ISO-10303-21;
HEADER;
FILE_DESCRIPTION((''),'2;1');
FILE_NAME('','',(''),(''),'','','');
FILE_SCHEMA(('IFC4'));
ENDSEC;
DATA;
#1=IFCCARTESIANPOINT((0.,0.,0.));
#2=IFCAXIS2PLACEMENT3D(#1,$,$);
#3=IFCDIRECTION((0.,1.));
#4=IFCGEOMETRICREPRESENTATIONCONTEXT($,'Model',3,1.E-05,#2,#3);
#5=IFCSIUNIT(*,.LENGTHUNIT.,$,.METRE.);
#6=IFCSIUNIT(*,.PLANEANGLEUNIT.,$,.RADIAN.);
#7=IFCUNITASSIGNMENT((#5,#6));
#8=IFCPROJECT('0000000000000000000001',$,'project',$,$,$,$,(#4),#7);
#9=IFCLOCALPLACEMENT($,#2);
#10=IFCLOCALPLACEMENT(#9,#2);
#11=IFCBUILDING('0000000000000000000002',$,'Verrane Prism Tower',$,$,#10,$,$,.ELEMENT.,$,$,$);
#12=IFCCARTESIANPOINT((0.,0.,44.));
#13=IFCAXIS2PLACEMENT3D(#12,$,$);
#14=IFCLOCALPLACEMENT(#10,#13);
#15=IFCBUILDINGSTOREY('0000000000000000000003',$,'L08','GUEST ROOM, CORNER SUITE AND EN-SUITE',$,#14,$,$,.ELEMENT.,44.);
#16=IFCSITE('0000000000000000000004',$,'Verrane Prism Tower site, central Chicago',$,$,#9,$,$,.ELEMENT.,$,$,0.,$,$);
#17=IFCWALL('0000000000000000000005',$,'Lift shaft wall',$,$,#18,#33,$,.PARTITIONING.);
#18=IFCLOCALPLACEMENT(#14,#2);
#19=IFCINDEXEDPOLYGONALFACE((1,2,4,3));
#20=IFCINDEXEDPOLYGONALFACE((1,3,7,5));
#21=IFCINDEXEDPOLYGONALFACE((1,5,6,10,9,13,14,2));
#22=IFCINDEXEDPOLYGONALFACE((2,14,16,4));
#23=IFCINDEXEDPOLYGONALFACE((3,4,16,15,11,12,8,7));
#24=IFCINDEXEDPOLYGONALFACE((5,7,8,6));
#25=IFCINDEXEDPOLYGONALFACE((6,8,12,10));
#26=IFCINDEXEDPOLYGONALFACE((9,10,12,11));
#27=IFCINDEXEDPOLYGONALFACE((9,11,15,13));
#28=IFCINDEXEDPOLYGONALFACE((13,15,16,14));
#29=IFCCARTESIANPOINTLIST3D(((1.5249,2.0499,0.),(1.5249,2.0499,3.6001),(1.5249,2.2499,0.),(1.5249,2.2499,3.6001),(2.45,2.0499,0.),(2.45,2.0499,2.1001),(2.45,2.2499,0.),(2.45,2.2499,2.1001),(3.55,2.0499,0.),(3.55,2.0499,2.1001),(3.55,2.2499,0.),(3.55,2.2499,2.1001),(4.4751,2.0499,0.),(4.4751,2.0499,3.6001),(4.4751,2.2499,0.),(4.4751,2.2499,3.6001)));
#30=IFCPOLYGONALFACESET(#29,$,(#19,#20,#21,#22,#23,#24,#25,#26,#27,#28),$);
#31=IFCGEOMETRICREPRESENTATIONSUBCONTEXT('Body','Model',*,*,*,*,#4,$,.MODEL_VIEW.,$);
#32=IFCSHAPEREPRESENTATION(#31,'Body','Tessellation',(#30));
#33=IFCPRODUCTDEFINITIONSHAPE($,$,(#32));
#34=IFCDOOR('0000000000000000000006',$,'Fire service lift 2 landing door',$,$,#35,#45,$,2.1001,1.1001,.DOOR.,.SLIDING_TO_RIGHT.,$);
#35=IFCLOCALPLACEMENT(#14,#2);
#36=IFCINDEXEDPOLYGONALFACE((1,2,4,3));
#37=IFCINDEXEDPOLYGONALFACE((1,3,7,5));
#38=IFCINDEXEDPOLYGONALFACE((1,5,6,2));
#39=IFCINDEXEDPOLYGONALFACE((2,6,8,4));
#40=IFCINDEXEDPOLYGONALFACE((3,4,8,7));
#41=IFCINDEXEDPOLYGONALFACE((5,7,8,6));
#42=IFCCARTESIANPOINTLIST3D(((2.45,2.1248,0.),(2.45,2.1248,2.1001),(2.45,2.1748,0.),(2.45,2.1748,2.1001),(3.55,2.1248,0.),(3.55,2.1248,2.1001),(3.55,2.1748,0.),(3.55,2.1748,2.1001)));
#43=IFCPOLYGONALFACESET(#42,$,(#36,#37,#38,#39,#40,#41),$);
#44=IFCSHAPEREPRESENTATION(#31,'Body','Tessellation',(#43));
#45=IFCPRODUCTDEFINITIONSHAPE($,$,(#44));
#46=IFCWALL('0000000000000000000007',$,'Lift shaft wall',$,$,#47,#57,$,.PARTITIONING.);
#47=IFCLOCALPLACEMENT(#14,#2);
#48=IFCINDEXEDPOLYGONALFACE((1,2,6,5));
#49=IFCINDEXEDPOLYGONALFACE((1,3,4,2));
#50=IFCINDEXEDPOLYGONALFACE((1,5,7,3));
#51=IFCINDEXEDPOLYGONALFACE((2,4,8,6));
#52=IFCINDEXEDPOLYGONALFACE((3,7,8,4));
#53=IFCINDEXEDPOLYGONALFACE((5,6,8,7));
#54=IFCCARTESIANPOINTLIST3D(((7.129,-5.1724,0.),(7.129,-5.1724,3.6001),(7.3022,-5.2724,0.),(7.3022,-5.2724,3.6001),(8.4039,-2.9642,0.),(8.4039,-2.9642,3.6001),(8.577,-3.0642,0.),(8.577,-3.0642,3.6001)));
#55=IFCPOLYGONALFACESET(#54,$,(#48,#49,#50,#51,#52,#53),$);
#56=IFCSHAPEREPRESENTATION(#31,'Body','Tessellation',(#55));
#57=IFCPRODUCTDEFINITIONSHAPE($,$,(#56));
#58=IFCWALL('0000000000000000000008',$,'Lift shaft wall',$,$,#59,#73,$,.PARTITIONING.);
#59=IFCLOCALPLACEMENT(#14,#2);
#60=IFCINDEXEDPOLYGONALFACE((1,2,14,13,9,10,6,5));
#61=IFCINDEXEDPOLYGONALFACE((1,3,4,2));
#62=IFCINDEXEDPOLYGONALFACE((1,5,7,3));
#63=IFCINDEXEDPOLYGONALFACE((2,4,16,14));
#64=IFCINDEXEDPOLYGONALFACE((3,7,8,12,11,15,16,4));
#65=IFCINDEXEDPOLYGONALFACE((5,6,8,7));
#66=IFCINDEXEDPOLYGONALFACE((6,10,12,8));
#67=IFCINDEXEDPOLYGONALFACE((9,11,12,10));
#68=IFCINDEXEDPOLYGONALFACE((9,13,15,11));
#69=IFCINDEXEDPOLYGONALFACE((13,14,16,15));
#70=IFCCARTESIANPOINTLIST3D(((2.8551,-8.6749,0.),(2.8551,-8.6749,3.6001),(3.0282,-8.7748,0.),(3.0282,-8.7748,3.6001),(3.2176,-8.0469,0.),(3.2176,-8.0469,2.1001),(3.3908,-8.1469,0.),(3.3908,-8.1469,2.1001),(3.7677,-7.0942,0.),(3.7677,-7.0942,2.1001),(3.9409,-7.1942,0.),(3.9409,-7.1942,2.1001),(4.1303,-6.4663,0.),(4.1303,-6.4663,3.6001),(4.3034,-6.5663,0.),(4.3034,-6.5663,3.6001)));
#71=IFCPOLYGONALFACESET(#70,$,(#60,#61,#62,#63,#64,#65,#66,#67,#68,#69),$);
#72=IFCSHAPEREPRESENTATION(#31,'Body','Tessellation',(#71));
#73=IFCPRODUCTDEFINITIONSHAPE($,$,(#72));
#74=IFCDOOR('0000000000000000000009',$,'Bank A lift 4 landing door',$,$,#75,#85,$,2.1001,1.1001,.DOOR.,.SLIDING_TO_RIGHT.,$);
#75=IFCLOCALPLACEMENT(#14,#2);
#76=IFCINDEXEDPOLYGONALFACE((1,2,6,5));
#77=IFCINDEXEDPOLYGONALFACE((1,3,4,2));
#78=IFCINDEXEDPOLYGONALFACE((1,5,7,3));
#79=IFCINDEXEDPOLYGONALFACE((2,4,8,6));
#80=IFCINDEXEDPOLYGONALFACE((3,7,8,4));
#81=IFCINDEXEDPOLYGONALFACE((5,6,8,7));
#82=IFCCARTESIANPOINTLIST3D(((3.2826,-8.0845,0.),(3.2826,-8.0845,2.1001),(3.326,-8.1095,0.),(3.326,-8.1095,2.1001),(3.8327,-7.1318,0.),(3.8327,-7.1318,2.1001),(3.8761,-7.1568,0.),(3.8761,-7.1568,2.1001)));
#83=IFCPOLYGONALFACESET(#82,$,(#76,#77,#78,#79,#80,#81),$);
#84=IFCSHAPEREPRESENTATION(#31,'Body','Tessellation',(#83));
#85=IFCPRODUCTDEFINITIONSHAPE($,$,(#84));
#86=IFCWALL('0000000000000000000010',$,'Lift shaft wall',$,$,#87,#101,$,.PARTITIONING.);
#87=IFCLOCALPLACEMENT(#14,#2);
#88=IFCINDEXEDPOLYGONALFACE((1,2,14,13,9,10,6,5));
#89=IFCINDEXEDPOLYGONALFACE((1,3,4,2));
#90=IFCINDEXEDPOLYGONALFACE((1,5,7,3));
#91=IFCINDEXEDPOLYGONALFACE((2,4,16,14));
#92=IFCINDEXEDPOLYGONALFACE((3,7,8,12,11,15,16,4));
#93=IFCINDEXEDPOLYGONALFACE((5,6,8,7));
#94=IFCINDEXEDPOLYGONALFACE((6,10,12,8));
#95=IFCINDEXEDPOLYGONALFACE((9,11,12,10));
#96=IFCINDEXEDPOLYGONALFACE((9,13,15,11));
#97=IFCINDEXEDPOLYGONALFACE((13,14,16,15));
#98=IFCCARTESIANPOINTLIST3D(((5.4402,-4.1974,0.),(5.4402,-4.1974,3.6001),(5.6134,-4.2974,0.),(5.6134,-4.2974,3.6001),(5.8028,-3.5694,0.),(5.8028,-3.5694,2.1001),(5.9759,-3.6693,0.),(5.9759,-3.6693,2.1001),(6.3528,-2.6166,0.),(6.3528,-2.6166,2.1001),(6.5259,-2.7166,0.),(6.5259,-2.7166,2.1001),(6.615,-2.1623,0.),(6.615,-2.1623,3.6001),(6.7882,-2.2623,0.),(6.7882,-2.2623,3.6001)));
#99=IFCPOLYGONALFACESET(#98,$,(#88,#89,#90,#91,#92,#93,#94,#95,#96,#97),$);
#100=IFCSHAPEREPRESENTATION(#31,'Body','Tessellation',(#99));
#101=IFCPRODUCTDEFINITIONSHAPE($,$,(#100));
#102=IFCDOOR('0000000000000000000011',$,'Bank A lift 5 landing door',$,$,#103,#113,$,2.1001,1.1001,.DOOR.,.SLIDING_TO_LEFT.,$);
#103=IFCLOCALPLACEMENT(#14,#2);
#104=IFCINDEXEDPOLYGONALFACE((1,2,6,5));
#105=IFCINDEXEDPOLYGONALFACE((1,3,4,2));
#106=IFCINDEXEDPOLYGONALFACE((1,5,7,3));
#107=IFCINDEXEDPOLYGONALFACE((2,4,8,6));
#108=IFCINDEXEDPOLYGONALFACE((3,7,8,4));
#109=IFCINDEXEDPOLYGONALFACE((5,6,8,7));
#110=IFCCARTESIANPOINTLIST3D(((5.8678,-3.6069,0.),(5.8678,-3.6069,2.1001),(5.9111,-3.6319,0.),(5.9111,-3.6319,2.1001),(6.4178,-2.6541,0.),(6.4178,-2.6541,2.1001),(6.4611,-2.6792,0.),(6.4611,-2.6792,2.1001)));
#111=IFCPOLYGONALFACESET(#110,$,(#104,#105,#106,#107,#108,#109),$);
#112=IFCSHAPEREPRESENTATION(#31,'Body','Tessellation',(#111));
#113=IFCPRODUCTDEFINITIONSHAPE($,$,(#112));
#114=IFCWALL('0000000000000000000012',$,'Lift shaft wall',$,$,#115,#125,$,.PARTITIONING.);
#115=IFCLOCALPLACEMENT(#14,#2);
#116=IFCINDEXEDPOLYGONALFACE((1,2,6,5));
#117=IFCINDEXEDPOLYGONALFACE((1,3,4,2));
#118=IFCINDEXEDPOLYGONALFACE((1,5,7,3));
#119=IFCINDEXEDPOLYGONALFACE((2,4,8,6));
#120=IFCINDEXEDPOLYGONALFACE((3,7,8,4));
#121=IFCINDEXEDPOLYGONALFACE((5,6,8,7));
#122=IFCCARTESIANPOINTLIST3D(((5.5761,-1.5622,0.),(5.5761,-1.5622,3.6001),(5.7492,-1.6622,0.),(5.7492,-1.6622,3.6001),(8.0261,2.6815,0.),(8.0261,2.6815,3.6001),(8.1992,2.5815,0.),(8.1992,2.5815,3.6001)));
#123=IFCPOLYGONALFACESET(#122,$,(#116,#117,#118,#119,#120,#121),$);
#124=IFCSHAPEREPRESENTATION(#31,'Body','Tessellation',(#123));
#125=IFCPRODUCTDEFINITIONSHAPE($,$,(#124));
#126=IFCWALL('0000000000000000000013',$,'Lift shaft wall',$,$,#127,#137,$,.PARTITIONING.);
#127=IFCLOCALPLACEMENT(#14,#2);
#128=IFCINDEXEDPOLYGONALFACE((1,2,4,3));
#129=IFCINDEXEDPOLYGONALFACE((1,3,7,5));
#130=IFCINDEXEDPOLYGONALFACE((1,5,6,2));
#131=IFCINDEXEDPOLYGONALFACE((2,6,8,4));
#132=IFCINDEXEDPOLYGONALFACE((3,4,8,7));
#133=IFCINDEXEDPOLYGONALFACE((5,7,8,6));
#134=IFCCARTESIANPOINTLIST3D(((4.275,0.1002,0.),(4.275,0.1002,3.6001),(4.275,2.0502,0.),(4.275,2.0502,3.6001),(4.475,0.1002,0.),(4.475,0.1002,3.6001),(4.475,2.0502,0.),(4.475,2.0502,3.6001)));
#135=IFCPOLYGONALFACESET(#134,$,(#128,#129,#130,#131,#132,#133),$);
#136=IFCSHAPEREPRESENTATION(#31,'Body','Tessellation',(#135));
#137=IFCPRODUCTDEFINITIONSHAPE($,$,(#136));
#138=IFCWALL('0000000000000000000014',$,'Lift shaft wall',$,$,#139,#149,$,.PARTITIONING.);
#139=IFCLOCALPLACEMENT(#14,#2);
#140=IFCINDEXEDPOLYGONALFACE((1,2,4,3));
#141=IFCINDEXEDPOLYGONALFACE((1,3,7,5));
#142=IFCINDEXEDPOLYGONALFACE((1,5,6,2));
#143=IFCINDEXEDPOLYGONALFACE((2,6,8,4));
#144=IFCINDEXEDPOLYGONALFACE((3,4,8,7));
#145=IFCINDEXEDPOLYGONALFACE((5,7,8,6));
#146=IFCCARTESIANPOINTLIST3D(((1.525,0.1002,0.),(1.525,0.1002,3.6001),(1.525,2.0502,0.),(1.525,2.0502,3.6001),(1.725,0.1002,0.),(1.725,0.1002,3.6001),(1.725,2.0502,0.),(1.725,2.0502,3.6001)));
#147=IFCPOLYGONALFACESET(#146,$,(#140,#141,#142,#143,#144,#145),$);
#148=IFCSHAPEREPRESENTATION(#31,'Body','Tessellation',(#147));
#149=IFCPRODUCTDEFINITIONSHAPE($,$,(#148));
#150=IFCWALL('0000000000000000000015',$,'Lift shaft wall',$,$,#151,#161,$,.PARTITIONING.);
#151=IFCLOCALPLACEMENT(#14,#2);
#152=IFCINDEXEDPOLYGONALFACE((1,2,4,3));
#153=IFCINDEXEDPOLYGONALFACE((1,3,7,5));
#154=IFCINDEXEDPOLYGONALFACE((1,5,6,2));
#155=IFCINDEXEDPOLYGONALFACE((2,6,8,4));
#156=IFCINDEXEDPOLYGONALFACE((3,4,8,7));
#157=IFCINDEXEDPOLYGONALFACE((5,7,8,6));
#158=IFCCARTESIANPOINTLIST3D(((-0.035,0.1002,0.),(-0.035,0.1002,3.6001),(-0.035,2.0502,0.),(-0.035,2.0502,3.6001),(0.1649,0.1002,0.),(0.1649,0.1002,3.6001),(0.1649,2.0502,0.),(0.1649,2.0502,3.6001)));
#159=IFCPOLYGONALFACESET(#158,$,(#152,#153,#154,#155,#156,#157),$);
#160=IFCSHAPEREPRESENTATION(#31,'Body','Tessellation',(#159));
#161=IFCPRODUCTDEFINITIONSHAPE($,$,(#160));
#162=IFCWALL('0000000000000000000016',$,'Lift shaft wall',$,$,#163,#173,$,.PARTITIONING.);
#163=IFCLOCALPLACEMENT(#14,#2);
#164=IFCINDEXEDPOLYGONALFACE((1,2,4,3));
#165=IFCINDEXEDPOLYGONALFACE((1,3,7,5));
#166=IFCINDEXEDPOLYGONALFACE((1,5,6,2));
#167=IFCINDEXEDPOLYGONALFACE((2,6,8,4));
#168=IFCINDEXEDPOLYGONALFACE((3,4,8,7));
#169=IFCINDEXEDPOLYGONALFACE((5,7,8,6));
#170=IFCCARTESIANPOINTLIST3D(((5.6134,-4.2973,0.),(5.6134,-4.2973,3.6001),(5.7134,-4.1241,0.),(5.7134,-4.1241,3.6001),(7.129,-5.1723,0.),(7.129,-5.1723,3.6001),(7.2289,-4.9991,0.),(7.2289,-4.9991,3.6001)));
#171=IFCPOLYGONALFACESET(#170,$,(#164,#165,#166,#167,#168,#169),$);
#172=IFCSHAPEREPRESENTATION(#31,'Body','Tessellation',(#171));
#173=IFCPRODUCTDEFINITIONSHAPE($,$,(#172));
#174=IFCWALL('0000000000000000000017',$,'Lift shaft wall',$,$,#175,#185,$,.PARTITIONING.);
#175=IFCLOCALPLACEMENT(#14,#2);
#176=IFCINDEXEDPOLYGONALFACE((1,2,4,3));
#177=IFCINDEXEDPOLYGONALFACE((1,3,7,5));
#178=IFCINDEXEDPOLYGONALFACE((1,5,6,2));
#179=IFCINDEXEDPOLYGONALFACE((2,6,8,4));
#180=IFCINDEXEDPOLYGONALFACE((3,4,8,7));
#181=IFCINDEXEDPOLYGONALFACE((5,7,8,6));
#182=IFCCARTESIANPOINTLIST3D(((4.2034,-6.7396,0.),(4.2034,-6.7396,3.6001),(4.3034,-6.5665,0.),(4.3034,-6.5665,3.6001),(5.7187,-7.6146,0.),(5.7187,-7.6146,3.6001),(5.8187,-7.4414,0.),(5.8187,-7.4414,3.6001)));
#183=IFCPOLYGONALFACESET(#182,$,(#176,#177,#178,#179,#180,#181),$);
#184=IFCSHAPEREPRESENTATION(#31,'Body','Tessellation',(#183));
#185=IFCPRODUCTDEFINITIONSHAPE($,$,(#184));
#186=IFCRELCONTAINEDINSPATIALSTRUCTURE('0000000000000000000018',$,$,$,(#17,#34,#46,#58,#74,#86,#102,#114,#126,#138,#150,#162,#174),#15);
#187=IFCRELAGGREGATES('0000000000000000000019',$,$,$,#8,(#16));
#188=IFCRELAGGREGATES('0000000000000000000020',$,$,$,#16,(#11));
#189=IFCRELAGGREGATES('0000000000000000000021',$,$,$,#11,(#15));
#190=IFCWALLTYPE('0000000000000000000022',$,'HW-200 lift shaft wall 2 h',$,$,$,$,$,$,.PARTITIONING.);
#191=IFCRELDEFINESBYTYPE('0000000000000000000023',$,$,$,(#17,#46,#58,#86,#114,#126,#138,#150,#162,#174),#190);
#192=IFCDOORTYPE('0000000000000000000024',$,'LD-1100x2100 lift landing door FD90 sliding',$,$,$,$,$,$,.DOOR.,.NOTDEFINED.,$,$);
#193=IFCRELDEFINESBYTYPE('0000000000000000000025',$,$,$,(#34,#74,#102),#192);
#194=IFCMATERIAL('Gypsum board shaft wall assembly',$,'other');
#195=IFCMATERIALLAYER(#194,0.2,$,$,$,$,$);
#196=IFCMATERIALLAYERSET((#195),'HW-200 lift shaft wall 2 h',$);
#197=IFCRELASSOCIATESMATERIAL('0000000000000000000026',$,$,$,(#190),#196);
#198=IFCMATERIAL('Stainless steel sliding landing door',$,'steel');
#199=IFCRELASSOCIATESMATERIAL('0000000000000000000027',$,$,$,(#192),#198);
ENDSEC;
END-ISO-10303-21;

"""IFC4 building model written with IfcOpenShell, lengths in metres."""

from ifc_helpers import new_model, si_unit, direction, frame, frame_2d, origin, place, context, subcontext, project, spatial, rectangle, extrude, material, layer, layer_set, type_object, element, fill, save


model = new_model("IFC4")

# Units and contexts
model_context = context("Model", 3, precision=1e-05, world=origin(), true_north=direction((0.0, 1.0)))
body_context = subcontext(model_context, "Body", "Model", "MODEL_VIEW")
ifc_project = project(units=[si_unit("LENGTHUNIT", "METRE"), si_unit("PLANEANGLEUNIT", "RADIAN")], contexts=[model_context])

# Site, building, storey
site_placement = place(None, origin())
site = spatial("IfcSite", under=ifc_project, at=site_placement, Name="Verrane Prism Tower site, central Chicago", CompositionType="ELEMENT", RefElevation=0.0)
building_placement = place(site_placement, origin())
building = spatial("IfcBuilding", under=site, at=building_placement, Name="Verrane Prism Tower", CompositionType="ELEMENT")
storey_placement = place(building_placement, frame((0.0, 0.0, 44.0)))
storey = spatial("IfcBuildingStorey", under=building, at=storey_placement, Name="L08", Description="GUEST ROOM, CORNER SUITE AND EN-SUITE", CompositionType="ELEMENT", Elevation=44.0)

# Shared definitions
ifc_material_1 = material(Name="Gypsum board shaft wall assembly", Category="other")
ifc_layer_1 = layer(ifc_material_1, 0.2)
ifc_layer_set_1 = layer_set([ifc_layer_1], Name="HW-200 lift shaft wall 2 h")
wall_type_1 = type_object("IfcWallType", Name="HW-200 lift shaft wall 2 h", PredefinedType="PARTITIONING", material=ifc_layer_set_1)

# Wall, opening, door
wall_1_placement = place(storey_placement, frame((1.5249, 2.1499, 0.0), z_axis=(0.0, 0.0, 1.0), x_axis=(1.0, 0.0, 0.0)))
wall_1 = element("IfcWall", 1, at=wall_1_placement, inside=storey, type_object=wall_type_1, Name="Lift shaft wall", PredefinedType="PARTITIONING", context=body_context, shape_type="SweptSolid", body=[
    extrude(rectangle(XDim=2.9502, YDim=0.2, at=frame_2d((1.4751, 0.0))), origin(), (0.0, 0.0, 1.0), 3.6001),
])
opening_1_placement = place(wall_1_placement, frame((0.925, 0.0, 0.0)))
opening_1 = element("IfcOpeningElement", 2, at=opening_1_placement, cuts=wall_1, PredefinedType="OPENING", context=body_context, shape_type="SweptSolid", body=[
    extrude(rectangle(XDim=1.1001, YDim=2.1001, at=frame_2d((0.55, 1.05))), frame((0.0, 0.1099, 0.0), z_axis=(0.0, -1.0, 0.0), x_axis=(1.0, 0.0, 0.0)), (0.0, 0.0, 1.0), 0.22),
])
ifc_material_2 = material(Name="Stainless steel sliding landing door", Category="steel")
door_type_1 = type_object("IfcDoorType", Name="LD-1100x2100 lift landing door FD90 sliding", OperationType="NOTDEFINED", PredefinedType="DOOR", material=ifc_material_2)
door_1_placement = place(opening_1_placement, origin())
door_1 = element("IfcDoor", 3, at=door_1_placement, inside=storey, type_object=door_type_1, Name="Fire service lift 2 landing door", OperationType="SLIDING_TO_RIGHT", OverallHeight=2.1001, OverallWidth=1.1001, PredefinedType="DOOR", context=body_context, shape_type="SweptSolid", body=[
    extrude(rectangle(XDim=1.1001, YDim=2.1001, at=frame_2d((0.55, 1.05))), frame((0.0, 0.0249, 0.0), z_axis=(0.0, -1.0, 0.0), x_axis=(1.0, 0.0, 0.0)), (0.0, 0.0, 1.0), 0.05),
])
fill(opening_1, door_1)

# Wall
wall_2_placement = place(storey_placement, frame((7.2156, -5.2224, 0.0), z_axis=(0.0, 0.0, 1.0), x_axis=(0.49999, 0.866031, 0.0)))
element("IfcWall", 4, at=wall_2_placement, inside=storey, type_object=wall_type_1, Name="Lift shaft wall", PredefinedType="PARTITIONING", context=body_context, shape_type="SweptSolid", body=[
    extrude(rectangle(XDim=2.5498, YDim=0.2, at=frame_2d((1.2749, 0.0))), origin(), (0.0, 0.0, 1.0), 3.6001),
])

# Walls, openings, doors
wall_3_placement = place(storey_placement, frame((2.9417, -8.7249, 0.0), z_axis=(0.0, 0.0, 1.0), x_axis=(0.500021, 0.866013, 0.0)))
wall_3 = element("IfcWall", 5, at=wall_3_placement, inside=storey, type_object=wall_type_1, Name="Lift shaft wall", PredefinedType="PARTITIONING", context=body_context, shape_type="SweptSolid", body=[
    extrude(rectangle(XDim=2.5503, YDim=0.2, at=frame_2d((1.2751, 0.0))), origin(), (0.0, 0.0, 1.0), 3.6001),
])
opening_2_placement = place(wall_3_placement, frame((0.7251, 0.0, 0.0)))
opening_2 = element("IfcOpeningElement", 6, at=opening_2_placement, cuts=wall_3, PredefinedType="OPENING", context=body_context, shape_type="SweptSolid", body=[
    extrude(rectangle(XDim=1.1001, YDim=2.1001, at=frame_2d((0.55, 1.05))), frame((0.0, 0.1099, 0.0), z_axis=(0.0, -1.0, 0.0), x_axis=(1.0, 0.0, 0.0)), (0.0, 0.0, 1.0), 0.22),
])
door_2_placement = place(opening_2_placement, origin())
door_2 = element("IfcDoor", 7, at=door_2_placement, inside=storey, type_object=door_type_1, Name="Bank A lift 4 landing door", OperationType="SLIDING_TO_RIGHT", OverallHeight=2.1001, OverallWidth=1.1001, PredefinedType="DOOR", context=body_context, shape_type="SweptSolid", body=[
    extrude(rectangle(XDim=1.1001, YDim=2.1001, at=frame_2d((0.55, 1.05))), frame((0.0, 0.0249, 0.0), z_axis=(0.0, -1.0, 0.0), x_axis=(1.0, 0.0, 0.0)), (0.0, 0.0, 1.0), 0.05),
])
fill(opening_2, door_2)
wall_4_placement = place(storey_placement, frame((5.5269, -4.2473, 0.0), z_axis=(0.0, 0.0, 1.0), x_axis=(0.499938, 0.866061, 0.0)))
wall_4 = element("IfcWall", 8, at=wall_4_placement, inside=storey, type_object=wall_type_1, Name="Lift shaft wall", PredefinedType="PARTITIONING", context=body_context, shape_type="SweptSolid", body=[
    extrude(rectangle(XDim=2.3499, YDim=0.2, at=frame_2d((1.1748, 0.0))), origin(), (0.0, 0.0, 1.0), 3.6001),
])
opening_3_placement = place(wall_4_placement, frame((0.7251, 0.0, 0.0)))
opening_3 = element("IfcOpeningElement", 9, at=opening_3_placement, cuts=wall_4, PredefinedType="OPENING", context=body_context, shape_type="SweptSolid", body=[
    extrude(rectangle(XDim=1.1001, YDim=2.1001, at=frame_2d((0.55, 1.05))), frame((0.0, 0.1099, 0.0), z_axis=(0.0, -1.0, 0.0), x_axis=(1.0, 0.0, 0.0)), (0.0, 0.0, 1.0), 0.22),
])
door_3_placement = place(opening_3_placement, origin())
door_3 = element("IfcDoor", 10, at=door_3_placement, inside=storey, type_object=door_type_1, Name="Bank A lift 5 landing door", OperationType="SLIDING_TO_LEFT", OverallHeight=2.1001, OverallWidth=1.1001, PredefinedType="DOOR", context=body_context, shape_type="SweptSolid", body=[
    extrude(rectangle(XDim=1.1001, YDim=2.1001, at=frame_2d((0.55, 1.05))), frame((0.0, 0.0249, 0.0), z_axis=(0.0, -1.0, 0.0), x_axis=(1.0, 0.0, 0.0)), (0.0, 0.0, 1.0), 0.05),
])
fill(opening_3, door_3)

# Walls
wall_5_placement = place(storey_placement, frame((5.6626, -1.6123, 0.0), z_axis=(0.0, 0.0, 1.0), x_axis=(0.499981, 0.866036, 0.0)))
element("IfcWall", 11, at=wall_5_placement, inside=storey, type_object=wall_type_1, Name="Lift shaft wall", PredefinedType="PARTITIONING", context=body_context, shape_type="SweptSolid", body=[
    extrude(rectangle(XDim=4.9001, YDim=0.2, at=frame_2d((2.4502, 0.0))), origin(), (0.0, 0.0, 1.0), 3.6001),
])
for number, where, z_axis, x_axis, name in (
    (12, (4.375, 0.1001, 0.0), (0.0, 0.0, 1.0), (0.0, 1.0, 0.0), "Lift shaft wall"),
    (13, (1.625, 0.1001, 0.0), (0.0, 0.0, 1.0), (0.0, 1.0, 0.0), "Lift shaft wall"),
    (14, (0.0649, 0.1001, 0.0), (0.0, 0.0, 1.0), (0.0, 1.0, 0.0), "Lift shaft wall"),
):
    element("IfcWall", number, at=place(storey_placement, frame(where, z_axis=z_axis, x_axis=x_axis)), inside=storey, type_object=wall_type_1, Name=name, PredefinedType="PARTITIONING", context=body_context, shape_type="SweptSolid", body=[
        extrude(rectangle(XDim=1.95, YDim=0.2, at=frame_2d((0.9751, 0.0))), origin(), (0.0, 0.0, 1.0), 3.6001),
    ])
wall_6_placement = place(storey_placement, frame((7.179, -5.0857, 0.0), z_axis=(0.0, 0.0, 1.0), x_axis=(-0.866037, 0.49998, 0.0)))
element("IfcWall", 15, at=wall_6_placement, inside=storey, type_object=wall_type_1, Name="Lift shaft wall", PredefinedType="PARTITIONING", context=body_context, shape_type="SweptSolid", body=[
    extrude(rectangle(XDim=1.75, YDim=0.2, at=frame_2d((0.875, 0.0))), origin(), (0.0, 0.0, 1.0), 3.6001),
])
wall_7_placement = place(storey_placement, frame((5.7688, -7.5281, 0.0), z_axis=(0.0, 0.0, 1.0), x_axis=(-0.866002, 0.50004, 0.0)))
element("IfcWall", 16, at=wall_7_placement, inside=storey, type_object=wall_type_1, Name="Lift shaft wall", PredefinedType="PARTITIONING", context=body_context, shape_type="SweptSolid", body=[
    extrude(rectangle(XDim=1.7498, YDim=0.2, at=frame_2d((0.875, 0.0))), origin(), (0.0, 0.0, 1.0), 3.6001),
])

save(model, "model.ifc")
